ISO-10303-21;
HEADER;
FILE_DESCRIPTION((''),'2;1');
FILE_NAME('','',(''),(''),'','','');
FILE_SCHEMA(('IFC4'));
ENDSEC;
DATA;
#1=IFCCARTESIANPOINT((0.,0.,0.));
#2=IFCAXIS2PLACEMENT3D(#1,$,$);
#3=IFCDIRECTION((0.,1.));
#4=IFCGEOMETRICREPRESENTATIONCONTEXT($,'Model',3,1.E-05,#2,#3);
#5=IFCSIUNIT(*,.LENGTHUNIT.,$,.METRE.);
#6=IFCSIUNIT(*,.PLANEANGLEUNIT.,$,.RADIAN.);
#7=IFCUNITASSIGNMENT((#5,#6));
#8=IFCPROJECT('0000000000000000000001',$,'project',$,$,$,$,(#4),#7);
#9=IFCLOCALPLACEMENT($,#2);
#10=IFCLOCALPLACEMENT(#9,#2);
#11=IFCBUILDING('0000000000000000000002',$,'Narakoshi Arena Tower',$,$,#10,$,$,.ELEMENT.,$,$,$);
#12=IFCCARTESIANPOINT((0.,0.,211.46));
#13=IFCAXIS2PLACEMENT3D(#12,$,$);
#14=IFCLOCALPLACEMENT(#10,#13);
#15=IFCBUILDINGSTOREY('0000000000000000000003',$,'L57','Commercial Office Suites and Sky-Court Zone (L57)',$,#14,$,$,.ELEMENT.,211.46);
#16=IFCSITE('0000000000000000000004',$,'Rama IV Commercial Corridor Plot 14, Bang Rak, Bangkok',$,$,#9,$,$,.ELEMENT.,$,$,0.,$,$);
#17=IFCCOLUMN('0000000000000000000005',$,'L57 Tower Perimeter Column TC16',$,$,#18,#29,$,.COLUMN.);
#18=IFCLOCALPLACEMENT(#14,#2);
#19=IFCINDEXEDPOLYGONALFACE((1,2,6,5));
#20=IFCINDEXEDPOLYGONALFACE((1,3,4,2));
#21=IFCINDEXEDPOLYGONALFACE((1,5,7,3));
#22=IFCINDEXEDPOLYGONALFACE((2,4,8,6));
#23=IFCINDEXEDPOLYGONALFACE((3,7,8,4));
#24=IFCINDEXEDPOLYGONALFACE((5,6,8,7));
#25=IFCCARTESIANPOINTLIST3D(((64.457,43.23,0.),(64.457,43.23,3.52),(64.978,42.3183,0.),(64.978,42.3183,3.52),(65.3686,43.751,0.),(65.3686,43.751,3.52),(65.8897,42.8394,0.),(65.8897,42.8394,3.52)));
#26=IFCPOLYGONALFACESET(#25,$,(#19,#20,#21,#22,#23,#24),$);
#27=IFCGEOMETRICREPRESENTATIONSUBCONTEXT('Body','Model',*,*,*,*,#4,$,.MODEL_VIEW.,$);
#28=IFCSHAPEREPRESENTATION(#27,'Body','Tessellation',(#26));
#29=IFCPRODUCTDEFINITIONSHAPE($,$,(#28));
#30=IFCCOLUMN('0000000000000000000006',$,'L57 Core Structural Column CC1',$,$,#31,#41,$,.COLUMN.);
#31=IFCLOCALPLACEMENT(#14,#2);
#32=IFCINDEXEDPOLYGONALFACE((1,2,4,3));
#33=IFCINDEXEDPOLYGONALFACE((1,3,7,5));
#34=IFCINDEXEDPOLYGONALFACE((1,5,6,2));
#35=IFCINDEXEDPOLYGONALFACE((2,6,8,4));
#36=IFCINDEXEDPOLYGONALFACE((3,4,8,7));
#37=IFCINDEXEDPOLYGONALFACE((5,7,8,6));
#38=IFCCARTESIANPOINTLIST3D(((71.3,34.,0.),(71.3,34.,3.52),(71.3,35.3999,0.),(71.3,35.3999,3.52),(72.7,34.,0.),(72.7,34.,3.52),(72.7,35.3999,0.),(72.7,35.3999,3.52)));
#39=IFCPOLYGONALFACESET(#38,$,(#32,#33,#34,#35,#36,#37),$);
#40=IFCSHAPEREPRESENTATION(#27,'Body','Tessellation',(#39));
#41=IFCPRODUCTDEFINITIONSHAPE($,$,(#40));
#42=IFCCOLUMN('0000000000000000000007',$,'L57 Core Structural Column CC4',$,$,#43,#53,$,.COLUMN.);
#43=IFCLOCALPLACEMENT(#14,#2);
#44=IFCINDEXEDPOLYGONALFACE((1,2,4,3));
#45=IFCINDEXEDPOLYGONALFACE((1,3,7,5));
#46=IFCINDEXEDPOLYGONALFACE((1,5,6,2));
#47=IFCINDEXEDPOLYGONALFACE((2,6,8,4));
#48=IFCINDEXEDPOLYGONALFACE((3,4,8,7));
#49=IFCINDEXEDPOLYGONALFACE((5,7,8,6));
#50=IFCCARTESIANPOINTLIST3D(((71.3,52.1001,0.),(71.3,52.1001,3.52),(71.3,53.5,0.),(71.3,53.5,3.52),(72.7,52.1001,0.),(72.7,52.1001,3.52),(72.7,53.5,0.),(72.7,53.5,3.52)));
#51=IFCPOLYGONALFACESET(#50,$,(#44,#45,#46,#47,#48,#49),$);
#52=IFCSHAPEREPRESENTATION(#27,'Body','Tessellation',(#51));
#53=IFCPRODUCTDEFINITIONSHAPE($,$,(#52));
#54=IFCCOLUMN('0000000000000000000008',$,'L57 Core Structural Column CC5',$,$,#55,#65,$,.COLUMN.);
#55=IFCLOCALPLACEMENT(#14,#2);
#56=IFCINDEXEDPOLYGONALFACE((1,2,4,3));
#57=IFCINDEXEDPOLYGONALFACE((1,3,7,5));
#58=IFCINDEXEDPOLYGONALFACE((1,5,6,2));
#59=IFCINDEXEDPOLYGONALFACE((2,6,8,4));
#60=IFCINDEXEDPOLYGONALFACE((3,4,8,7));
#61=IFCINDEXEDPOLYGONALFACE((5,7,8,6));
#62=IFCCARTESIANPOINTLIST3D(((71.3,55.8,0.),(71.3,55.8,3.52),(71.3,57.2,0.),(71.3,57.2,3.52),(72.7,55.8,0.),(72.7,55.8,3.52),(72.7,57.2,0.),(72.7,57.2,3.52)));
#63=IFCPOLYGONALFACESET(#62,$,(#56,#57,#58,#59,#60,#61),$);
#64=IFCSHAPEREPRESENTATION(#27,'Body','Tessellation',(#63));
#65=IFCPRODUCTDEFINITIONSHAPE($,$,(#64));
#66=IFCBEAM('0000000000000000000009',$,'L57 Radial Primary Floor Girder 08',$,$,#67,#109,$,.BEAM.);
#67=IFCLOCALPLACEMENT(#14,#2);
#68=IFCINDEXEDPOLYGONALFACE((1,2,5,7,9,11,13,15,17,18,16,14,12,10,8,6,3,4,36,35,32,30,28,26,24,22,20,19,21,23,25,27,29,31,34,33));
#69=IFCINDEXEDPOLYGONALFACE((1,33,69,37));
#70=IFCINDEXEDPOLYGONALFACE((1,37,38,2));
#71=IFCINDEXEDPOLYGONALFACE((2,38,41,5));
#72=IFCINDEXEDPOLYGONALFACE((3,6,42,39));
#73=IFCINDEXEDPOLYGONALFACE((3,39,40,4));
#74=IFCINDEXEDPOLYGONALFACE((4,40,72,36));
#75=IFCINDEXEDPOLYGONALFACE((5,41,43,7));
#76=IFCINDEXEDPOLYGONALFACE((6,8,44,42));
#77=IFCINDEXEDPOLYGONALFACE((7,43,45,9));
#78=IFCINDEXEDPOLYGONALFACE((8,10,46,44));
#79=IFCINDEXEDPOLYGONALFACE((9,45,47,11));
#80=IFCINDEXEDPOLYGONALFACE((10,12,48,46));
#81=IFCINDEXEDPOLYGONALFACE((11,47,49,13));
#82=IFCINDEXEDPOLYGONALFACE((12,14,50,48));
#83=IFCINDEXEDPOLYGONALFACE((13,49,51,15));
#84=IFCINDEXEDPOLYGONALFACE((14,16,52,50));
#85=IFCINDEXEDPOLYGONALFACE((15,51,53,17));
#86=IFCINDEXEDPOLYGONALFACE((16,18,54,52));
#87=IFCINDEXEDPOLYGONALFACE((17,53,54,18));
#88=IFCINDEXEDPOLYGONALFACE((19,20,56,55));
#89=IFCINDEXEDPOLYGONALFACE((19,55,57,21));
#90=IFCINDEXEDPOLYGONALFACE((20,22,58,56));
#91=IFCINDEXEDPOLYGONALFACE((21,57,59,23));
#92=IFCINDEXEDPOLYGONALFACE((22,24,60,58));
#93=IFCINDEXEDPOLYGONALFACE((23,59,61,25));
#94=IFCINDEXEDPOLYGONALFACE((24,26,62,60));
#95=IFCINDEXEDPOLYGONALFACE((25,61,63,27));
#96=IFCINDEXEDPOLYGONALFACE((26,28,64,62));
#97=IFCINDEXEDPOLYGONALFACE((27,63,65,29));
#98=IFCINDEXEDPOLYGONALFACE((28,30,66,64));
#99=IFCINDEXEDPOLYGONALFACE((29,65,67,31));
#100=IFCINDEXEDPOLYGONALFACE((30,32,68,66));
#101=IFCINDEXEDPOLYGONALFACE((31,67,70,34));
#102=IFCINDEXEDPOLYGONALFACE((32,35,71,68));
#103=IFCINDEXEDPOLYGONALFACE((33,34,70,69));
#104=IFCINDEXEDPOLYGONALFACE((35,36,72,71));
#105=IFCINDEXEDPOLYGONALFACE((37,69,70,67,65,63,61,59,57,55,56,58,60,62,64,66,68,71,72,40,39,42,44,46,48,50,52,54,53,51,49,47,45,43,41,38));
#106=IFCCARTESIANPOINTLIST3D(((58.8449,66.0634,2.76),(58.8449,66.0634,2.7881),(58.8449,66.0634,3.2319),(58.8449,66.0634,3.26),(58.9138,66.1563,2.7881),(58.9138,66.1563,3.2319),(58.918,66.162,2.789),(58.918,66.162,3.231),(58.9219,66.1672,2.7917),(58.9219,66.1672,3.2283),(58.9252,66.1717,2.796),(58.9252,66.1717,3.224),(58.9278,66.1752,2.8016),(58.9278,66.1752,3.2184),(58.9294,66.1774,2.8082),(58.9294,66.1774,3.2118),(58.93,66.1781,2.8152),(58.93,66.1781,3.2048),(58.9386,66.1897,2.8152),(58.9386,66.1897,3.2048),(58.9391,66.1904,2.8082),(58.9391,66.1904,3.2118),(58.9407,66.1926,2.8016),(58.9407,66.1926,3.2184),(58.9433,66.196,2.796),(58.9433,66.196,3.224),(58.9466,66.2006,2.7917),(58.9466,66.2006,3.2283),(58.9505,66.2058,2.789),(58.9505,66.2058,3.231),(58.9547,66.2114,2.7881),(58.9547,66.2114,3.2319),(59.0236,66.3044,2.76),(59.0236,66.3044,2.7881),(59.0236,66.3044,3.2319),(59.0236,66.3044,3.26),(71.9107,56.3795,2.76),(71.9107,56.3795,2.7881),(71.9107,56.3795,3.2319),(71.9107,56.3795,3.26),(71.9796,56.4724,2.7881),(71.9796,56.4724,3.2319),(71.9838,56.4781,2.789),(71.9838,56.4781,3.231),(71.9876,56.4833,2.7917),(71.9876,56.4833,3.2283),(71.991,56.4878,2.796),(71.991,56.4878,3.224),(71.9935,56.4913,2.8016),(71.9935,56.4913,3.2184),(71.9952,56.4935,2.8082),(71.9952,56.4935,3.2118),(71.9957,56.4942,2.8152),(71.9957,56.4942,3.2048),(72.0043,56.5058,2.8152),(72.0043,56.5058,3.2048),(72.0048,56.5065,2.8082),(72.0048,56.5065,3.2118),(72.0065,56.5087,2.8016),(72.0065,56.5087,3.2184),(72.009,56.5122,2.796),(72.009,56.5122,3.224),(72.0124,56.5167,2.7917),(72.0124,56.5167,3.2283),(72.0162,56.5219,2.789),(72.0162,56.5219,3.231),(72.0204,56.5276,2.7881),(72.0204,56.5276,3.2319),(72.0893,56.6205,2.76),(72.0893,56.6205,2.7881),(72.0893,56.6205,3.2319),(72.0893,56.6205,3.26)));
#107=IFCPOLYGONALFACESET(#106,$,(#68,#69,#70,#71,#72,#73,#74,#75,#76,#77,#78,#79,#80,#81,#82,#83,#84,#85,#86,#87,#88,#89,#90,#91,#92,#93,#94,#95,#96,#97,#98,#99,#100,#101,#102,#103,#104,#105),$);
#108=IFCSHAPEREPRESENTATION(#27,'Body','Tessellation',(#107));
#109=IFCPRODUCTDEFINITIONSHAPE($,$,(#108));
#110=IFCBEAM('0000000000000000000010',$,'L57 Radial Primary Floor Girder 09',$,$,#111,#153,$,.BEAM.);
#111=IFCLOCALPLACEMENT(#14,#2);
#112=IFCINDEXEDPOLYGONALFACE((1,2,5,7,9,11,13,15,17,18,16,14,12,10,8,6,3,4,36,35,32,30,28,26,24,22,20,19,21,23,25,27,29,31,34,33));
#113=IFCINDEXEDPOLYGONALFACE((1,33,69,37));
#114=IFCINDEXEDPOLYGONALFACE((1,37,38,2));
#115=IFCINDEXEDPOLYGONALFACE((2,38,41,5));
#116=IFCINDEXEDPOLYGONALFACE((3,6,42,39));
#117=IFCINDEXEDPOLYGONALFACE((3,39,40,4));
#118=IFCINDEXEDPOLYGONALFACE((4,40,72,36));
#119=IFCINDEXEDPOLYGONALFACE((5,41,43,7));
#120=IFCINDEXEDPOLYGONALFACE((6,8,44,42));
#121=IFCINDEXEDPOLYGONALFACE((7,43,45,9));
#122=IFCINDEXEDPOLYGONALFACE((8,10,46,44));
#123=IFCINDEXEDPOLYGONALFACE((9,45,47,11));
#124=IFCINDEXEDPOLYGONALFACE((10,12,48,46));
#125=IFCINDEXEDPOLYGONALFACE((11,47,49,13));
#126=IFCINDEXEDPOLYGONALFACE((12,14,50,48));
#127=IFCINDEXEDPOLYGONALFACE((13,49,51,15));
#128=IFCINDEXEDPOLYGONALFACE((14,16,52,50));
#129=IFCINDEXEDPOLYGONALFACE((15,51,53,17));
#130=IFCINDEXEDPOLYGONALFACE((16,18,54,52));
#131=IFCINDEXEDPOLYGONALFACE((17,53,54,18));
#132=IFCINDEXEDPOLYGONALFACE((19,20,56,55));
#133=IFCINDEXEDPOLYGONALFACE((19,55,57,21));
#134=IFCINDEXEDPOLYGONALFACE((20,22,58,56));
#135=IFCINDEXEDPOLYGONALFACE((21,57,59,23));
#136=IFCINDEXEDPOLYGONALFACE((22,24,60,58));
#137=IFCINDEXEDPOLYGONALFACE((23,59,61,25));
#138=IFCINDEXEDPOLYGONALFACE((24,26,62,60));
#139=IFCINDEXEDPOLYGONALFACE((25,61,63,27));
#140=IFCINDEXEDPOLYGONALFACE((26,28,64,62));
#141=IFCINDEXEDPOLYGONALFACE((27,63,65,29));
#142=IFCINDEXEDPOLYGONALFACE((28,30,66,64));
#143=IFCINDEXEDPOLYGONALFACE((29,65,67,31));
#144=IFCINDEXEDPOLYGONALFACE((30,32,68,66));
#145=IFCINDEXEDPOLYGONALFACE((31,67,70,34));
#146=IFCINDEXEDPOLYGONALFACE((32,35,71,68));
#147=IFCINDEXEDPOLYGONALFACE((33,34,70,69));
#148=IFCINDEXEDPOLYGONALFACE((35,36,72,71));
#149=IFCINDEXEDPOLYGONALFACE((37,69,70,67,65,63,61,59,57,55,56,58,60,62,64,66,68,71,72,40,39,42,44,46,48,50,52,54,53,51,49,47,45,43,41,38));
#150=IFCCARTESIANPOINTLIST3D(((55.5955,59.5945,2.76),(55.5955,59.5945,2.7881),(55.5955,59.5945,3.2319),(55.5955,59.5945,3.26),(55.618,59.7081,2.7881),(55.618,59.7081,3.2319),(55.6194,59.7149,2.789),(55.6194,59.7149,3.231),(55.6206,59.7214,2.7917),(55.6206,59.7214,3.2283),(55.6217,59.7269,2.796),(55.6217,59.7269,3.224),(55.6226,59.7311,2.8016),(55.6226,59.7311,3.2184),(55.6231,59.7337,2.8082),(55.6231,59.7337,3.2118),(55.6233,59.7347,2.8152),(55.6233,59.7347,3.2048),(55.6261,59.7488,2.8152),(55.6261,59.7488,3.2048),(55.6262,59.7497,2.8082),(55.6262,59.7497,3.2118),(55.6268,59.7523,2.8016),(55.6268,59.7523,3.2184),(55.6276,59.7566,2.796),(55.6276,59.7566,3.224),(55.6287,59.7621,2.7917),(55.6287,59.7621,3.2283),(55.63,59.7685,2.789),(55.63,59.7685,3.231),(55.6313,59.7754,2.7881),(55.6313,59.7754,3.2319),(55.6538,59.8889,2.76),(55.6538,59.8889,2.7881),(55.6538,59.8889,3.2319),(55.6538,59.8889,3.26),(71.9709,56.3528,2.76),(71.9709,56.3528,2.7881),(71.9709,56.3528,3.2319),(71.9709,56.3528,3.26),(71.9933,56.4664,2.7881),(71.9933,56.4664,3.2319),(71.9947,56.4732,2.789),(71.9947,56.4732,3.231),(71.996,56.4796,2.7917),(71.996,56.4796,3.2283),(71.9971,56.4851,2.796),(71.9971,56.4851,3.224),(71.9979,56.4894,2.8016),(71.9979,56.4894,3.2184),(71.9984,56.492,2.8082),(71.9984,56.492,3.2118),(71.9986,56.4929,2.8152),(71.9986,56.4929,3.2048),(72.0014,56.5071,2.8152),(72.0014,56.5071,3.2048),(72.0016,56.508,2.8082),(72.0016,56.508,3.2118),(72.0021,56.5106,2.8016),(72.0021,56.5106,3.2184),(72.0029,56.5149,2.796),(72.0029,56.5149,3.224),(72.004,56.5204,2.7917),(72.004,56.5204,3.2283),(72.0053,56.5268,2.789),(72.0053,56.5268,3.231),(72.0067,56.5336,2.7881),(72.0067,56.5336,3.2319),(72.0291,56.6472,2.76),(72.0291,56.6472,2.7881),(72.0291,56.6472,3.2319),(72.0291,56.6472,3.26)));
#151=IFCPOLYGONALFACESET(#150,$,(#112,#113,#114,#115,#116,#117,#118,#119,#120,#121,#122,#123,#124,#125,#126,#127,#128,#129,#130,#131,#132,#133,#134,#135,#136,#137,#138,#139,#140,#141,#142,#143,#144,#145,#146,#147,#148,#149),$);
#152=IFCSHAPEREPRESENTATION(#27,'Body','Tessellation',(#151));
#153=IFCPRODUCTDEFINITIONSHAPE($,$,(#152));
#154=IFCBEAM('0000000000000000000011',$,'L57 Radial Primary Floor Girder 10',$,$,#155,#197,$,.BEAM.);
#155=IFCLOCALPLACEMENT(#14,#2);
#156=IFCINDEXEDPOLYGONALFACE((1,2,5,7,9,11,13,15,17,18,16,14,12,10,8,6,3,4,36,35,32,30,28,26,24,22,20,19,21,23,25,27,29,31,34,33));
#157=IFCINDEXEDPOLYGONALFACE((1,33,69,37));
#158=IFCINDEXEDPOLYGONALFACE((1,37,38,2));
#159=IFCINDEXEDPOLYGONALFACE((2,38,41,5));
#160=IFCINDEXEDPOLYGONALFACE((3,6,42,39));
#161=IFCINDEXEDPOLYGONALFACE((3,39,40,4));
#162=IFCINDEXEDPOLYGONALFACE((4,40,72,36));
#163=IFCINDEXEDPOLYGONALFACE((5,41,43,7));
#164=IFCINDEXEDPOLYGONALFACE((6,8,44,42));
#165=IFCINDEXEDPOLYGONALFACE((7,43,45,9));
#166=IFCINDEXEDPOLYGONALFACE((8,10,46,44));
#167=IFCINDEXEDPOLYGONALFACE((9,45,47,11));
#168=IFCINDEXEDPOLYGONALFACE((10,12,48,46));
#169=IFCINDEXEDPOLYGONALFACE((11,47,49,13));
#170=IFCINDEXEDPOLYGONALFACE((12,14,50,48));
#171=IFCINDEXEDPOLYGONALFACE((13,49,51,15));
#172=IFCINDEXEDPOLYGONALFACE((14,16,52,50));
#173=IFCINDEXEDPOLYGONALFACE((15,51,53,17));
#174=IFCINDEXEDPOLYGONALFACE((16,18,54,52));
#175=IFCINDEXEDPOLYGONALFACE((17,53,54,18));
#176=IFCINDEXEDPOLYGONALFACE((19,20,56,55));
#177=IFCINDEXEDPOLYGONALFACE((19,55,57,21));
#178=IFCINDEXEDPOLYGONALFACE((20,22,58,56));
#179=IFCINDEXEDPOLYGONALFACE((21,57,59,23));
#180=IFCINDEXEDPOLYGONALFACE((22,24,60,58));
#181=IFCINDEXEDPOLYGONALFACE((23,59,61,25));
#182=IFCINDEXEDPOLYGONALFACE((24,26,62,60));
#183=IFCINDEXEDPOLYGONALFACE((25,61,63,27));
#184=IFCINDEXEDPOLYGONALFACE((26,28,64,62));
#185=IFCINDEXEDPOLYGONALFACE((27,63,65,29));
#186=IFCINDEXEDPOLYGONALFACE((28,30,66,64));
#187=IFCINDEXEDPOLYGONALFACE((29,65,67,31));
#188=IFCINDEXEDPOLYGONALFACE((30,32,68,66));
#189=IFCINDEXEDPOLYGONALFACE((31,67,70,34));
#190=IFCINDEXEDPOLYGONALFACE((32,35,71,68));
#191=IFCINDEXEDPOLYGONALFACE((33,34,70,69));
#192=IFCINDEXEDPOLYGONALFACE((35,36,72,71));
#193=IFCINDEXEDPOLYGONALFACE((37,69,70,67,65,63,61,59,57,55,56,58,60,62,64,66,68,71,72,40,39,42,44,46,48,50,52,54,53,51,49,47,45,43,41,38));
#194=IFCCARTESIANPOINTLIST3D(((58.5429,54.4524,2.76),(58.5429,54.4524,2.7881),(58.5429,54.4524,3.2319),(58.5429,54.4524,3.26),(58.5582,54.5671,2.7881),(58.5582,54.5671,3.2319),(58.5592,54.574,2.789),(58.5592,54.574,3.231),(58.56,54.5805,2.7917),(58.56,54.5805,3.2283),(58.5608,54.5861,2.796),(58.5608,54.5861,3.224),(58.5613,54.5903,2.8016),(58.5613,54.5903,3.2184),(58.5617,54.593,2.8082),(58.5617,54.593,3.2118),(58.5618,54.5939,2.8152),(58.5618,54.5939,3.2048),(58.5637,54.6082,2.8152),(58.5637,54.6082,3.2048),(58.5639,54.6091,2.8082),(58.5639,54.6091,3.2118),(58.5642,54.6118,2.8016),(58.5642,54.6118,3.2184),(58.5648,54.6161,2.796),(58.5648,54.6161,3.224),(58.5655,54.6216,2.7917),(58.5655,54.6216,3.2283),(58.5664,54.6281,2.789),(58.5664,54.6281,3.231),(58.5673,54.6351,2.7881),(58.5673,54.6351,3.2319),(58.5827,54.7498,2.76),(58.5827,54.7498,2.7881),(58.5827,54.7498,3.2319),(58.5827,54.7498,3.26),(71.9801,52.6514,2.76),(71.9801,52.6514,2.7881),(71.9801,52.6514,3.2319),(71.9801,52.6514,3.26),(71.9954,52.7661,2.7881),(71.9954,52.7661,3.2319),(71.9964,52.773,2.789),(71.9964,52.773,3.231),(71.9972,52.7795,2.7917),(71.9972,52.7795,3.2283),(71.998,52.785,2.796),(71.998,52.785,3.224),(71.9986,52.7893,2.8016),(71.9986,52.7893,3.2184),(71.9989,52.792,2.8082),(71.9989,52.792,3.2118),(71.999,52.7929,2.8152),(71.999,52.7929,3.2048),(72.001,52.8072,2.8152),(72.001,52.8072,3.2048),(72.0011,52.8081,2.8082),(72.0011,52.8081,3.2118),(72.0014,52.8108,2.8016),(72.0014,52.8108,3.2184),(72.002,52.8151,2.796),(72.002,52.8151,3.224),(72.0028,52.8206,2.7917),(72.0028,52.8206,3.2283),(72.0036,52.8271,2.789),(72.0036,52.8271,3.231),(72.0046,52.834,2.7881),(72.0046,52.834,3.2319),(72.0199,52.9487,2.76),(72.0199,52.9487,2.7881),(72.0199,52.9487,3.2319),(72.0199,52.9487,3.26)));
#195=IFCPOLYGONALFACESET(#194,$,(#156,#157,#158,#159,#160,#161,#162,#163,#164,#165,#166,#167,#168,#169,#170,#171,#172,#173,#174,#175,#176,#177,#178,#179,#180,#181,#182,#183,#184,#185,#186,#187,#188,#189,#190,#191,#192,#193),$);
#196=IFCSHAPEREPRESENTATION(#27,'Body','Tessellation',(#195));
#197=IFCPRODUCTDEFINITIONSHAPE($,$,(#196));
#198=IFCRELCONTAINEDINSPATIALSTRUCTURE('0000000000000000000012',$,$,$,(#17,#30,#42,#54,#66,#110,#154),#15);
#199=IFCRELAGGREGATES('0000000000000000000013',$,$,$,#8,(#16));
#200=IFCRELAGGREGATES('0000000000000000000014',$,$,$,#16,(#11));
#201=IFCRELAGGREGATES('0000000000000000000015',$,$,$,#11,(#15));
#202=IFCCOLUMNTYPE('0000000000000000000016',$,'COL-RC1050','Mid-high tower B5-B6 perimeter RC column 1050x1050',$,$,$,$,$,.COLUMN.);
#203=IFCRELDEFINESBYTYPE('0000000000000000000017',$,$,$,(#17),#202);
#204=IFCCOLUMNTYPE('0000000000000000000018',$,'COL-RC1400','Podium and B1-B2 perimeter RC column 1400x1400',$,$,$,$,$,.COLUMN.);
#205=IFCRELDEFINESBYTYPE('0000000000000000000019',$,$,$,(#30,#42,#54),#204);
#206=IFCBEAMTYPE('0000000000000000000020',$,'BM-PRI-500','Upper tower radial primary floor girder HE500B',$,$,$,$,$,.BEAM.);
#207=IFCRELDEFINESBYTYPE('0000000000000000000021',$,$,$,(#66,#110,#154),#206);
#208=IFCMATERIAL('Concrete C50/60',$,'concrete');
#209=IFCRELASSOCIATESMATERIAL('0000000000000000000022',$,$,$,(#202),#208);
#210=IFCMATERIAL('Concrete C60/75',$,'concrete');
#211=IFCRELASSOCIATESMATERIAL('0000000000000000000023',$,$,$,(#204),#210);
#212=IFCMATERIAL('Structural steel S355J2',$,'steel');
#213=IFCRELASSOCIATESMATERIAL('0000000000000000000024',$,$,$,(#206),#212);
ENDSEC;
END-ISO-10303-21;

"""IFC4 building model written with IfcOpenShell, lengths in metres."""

from ifc_helpers import new_model, si_unit, direction, frame, origin, origin_2d, place, context, subcontext, project, spatial, rectangle, i_section, extrude, material, material_profile, profile_set, type_object, element, save


model = new_model("IFC4")

# Units and contexts
model_context = context("Model", 3, precision=1e-05, world=origin(), true_north=direction((0.0, 1.0)))
body_context = subcontext(model_context, "Body", "Model", "MODEL_VIEW")
ifc_project = project(units=[si_unit("LENGTHUNIT", "METRE"), si_unit("PLANEANGLEUNIT", "RADIAN")], contexts=[model_context])

# Site, building, storey
site_placement = place(None, origin())
site = spatial("IfcSite", under=ifc_project, at=site_placement, Name="Rama IV Commercial Corridor Plot 14, Bang Rak, Bangkok", CompositionType="ELEMENT", RefElevation=0.0)
building_placement = place(site_placement, origin())
building = spatial("IfcBuilding", under=site, at=building_placement, Name="Narakoshi Arena Tower", CompositionType="ELEMENT")
storey_placement = place(building_placement, frame((0.0, 0.0, 211.46)))
storey = spatial("IfcBuildingStorey", under=building, at=storey_placement, Name="L57", Description="Commercial Office Suites and Sky-Court Zone (L57)", CompositionType="ELEMENT", Elevation=211.46)

# Columns
ifc_material_1 = material(Name="Concrete C50/60", Category="concrete")
ifc_material_profile_1 = material_profile(ifc_material_1, rectangle(XDim=1.05, YDim=1.05, at=origin_2d()), Name="RC1050x1050")
ifc_profile_set_1 = profile_set([ifc_material_profile_1], Name="Concrete C50/60")
column_type_1 = type_object("IfcColumnType", Name="COL-RC1050", Description="Mid-high tower B5-B6 perimeter RC column 1050x1050", PredefinedType="COLUMN", material=ifc_profile_set_1)
column_placement = place(storey_placement, frame((65.1733, 43.0347, 0.0), z_axis=(0.0, 0.0, 1.0), x_axis=(-0.496217, 0.868199, 0.0)))
element("IfcColumn", 1, at=column_placement, inside=storey, type_object=column_type_1, Name="L57 Tower Perimeter Column TC16", PredefinedType="COLUMN", context=body_context, shape_type="SweptSolid", body=[
    extrude(rectangle(XDim=1.05, YDim=1.05, at=origin_2d()), origin(), (0.0, 0.0, 1.0), 3.52),
])
ifc_material_2 = material(Name="Concrete C60/75", Category="concrete")
ifc_material_profile_2 = material_profile(ifc_material_2, rectangle(XDim=1.3999, YDim=1.3999, at=origin_2d()), Name="RC1400x1400")
ifc_profile_set_2 = profile_set([ifc_material_profile_2], Name="Concrete C60/75")
column_type_2 = type_object("IfcColumnType", Name="COL-RC1400", Description="Podium and B1-B2 perimeter RC column 1400x1400", PredefinedType="COLUMN", material=ifc_profile_set_2)
for number, where, z_axis, x_axis, name in (
    (2, (72.0, 34.7, 0.0), (0.0, 0.0, 1.0), (1.0, 0.0, 0.0), "L57 Core Structural Column CC1"),
    (3, (72.0, 52.8, 0.0), (0.0, 0.0, 1.0), (1.0, 0.0, 0.0), "L57 Core Structural Column CC4"),
    (4, (72.0, 56.5, 0.0), (0.0, 0.0, 1.0), (1.0, 0.0, 0.0), "L57 Core Structural Column CC5"),
):
    element("IfcColumn", number, at=place(storey_placement, frame(where, z_axis=z_axis, x_axis=x_axis)), inside=storey, type_object=column_type_2, Name=name, PredefinedType="COLUMN", context=body_context, shape_type="SweptSolid", body=[
        extrude(rectangle(XDim=1.3999, YDim=1.3999, at=origin_2d()), origin(), (0.0, 0.0, 1.0), 3.52),
    ])

# Beams
ifc_material_3 = material(Name="Structural steel S355J2", Category="steel")
ifc_material_profile_3 = material_profile(ifc_material_3, i_section(OverallWidth=0.3, OverallDepth=0.5, WebThickness=0.0144, FlangeThickness=0.0281, FilletRadius=0.0271, at=origin_2d()), Name="HE500B")
ifc_profile_set_3 = profile_set([ifc_material_profile_3], Name="Structural steel S355J2")
beam_type_1 = type_object("IfcBeamType", Name="BM-PRI-500", Description="Upper tower radial primary floor girder HE500B", PredefinedType="BEAM", material=ifc_profile_set_3)
beam_1_placement = place(storey_placement, frame((72.0, 56.5, 3.01), z_axis=(-0.803394, 0.595448, 0.0), x_axis=(-0.595448, -0.803394, 0.0)))
element("IfcBeam", 5, at=beam_1_placement, inside=storey, type_object=beam_type_1, Name="L57 Radial Primary Floor Girder 08", PredefinedType="BEAM", context=body_context, shape_type="SweptSolid", body=[
    extrude(i_section(OverallWidth=0.3, OverallDepth=0.5, WebThickness=0.0144, FlangeThickness=0.0281, FilletRadius=0.0271, at=origin_2d()), origin(), (0.0, 0.0, 1.0), 16.2632),
])
beam_2_placement = place(storey_placement, frame((72.0, 56.5, 3.01), z_axis=(-0.980963, 0.194195, 0.0), x_axis=(-0.194195, -0.980963, 0.0)))
element("IfcBeam", 6, at=beam_2_placement, inside=storey, type_object=beam_type_1, Name="L57 Radial Primary Floor Girder 09", PredefinedType="BEAM", context=body_context, shape_type="SweptSolid", body=[
    extrude(i_section(OverallWidth=0.3, OverallDepth=0.5, WebThickness=0.0144, FlangeThickness=0.0281, FilletRadius=0.0271, at=origin_2d()), origin(), (0.0, 0.0, 1.0), 16.6931),
])
beam_3_placement = place(storey_placement, frame((72.0, 52.8, 3.01), z_axis=(-0.991137, 0.132844, 0.0), x_axis=(-0.132844, -0.991137, 0.0)))
element("IfcBeam", 7, at=beam_3_placement, inside=storey, type_object=beam_type_1, Name="L57 Radial Primary Floor Girder 10", PredefinedType="BEAM", context=body_context, shape_type="SweptSolid", body=[
    extrude(i_section(OverallWidth=0.3, OverallDepth=0.5, WebThickness=0.0144, FlangeThickness=0.0281, FilletRadius=0.0271, at=origin_2d()), origin(), (0.0, 0.0, 1.0), 13.5574),
])

save(model, "model.ifc")
